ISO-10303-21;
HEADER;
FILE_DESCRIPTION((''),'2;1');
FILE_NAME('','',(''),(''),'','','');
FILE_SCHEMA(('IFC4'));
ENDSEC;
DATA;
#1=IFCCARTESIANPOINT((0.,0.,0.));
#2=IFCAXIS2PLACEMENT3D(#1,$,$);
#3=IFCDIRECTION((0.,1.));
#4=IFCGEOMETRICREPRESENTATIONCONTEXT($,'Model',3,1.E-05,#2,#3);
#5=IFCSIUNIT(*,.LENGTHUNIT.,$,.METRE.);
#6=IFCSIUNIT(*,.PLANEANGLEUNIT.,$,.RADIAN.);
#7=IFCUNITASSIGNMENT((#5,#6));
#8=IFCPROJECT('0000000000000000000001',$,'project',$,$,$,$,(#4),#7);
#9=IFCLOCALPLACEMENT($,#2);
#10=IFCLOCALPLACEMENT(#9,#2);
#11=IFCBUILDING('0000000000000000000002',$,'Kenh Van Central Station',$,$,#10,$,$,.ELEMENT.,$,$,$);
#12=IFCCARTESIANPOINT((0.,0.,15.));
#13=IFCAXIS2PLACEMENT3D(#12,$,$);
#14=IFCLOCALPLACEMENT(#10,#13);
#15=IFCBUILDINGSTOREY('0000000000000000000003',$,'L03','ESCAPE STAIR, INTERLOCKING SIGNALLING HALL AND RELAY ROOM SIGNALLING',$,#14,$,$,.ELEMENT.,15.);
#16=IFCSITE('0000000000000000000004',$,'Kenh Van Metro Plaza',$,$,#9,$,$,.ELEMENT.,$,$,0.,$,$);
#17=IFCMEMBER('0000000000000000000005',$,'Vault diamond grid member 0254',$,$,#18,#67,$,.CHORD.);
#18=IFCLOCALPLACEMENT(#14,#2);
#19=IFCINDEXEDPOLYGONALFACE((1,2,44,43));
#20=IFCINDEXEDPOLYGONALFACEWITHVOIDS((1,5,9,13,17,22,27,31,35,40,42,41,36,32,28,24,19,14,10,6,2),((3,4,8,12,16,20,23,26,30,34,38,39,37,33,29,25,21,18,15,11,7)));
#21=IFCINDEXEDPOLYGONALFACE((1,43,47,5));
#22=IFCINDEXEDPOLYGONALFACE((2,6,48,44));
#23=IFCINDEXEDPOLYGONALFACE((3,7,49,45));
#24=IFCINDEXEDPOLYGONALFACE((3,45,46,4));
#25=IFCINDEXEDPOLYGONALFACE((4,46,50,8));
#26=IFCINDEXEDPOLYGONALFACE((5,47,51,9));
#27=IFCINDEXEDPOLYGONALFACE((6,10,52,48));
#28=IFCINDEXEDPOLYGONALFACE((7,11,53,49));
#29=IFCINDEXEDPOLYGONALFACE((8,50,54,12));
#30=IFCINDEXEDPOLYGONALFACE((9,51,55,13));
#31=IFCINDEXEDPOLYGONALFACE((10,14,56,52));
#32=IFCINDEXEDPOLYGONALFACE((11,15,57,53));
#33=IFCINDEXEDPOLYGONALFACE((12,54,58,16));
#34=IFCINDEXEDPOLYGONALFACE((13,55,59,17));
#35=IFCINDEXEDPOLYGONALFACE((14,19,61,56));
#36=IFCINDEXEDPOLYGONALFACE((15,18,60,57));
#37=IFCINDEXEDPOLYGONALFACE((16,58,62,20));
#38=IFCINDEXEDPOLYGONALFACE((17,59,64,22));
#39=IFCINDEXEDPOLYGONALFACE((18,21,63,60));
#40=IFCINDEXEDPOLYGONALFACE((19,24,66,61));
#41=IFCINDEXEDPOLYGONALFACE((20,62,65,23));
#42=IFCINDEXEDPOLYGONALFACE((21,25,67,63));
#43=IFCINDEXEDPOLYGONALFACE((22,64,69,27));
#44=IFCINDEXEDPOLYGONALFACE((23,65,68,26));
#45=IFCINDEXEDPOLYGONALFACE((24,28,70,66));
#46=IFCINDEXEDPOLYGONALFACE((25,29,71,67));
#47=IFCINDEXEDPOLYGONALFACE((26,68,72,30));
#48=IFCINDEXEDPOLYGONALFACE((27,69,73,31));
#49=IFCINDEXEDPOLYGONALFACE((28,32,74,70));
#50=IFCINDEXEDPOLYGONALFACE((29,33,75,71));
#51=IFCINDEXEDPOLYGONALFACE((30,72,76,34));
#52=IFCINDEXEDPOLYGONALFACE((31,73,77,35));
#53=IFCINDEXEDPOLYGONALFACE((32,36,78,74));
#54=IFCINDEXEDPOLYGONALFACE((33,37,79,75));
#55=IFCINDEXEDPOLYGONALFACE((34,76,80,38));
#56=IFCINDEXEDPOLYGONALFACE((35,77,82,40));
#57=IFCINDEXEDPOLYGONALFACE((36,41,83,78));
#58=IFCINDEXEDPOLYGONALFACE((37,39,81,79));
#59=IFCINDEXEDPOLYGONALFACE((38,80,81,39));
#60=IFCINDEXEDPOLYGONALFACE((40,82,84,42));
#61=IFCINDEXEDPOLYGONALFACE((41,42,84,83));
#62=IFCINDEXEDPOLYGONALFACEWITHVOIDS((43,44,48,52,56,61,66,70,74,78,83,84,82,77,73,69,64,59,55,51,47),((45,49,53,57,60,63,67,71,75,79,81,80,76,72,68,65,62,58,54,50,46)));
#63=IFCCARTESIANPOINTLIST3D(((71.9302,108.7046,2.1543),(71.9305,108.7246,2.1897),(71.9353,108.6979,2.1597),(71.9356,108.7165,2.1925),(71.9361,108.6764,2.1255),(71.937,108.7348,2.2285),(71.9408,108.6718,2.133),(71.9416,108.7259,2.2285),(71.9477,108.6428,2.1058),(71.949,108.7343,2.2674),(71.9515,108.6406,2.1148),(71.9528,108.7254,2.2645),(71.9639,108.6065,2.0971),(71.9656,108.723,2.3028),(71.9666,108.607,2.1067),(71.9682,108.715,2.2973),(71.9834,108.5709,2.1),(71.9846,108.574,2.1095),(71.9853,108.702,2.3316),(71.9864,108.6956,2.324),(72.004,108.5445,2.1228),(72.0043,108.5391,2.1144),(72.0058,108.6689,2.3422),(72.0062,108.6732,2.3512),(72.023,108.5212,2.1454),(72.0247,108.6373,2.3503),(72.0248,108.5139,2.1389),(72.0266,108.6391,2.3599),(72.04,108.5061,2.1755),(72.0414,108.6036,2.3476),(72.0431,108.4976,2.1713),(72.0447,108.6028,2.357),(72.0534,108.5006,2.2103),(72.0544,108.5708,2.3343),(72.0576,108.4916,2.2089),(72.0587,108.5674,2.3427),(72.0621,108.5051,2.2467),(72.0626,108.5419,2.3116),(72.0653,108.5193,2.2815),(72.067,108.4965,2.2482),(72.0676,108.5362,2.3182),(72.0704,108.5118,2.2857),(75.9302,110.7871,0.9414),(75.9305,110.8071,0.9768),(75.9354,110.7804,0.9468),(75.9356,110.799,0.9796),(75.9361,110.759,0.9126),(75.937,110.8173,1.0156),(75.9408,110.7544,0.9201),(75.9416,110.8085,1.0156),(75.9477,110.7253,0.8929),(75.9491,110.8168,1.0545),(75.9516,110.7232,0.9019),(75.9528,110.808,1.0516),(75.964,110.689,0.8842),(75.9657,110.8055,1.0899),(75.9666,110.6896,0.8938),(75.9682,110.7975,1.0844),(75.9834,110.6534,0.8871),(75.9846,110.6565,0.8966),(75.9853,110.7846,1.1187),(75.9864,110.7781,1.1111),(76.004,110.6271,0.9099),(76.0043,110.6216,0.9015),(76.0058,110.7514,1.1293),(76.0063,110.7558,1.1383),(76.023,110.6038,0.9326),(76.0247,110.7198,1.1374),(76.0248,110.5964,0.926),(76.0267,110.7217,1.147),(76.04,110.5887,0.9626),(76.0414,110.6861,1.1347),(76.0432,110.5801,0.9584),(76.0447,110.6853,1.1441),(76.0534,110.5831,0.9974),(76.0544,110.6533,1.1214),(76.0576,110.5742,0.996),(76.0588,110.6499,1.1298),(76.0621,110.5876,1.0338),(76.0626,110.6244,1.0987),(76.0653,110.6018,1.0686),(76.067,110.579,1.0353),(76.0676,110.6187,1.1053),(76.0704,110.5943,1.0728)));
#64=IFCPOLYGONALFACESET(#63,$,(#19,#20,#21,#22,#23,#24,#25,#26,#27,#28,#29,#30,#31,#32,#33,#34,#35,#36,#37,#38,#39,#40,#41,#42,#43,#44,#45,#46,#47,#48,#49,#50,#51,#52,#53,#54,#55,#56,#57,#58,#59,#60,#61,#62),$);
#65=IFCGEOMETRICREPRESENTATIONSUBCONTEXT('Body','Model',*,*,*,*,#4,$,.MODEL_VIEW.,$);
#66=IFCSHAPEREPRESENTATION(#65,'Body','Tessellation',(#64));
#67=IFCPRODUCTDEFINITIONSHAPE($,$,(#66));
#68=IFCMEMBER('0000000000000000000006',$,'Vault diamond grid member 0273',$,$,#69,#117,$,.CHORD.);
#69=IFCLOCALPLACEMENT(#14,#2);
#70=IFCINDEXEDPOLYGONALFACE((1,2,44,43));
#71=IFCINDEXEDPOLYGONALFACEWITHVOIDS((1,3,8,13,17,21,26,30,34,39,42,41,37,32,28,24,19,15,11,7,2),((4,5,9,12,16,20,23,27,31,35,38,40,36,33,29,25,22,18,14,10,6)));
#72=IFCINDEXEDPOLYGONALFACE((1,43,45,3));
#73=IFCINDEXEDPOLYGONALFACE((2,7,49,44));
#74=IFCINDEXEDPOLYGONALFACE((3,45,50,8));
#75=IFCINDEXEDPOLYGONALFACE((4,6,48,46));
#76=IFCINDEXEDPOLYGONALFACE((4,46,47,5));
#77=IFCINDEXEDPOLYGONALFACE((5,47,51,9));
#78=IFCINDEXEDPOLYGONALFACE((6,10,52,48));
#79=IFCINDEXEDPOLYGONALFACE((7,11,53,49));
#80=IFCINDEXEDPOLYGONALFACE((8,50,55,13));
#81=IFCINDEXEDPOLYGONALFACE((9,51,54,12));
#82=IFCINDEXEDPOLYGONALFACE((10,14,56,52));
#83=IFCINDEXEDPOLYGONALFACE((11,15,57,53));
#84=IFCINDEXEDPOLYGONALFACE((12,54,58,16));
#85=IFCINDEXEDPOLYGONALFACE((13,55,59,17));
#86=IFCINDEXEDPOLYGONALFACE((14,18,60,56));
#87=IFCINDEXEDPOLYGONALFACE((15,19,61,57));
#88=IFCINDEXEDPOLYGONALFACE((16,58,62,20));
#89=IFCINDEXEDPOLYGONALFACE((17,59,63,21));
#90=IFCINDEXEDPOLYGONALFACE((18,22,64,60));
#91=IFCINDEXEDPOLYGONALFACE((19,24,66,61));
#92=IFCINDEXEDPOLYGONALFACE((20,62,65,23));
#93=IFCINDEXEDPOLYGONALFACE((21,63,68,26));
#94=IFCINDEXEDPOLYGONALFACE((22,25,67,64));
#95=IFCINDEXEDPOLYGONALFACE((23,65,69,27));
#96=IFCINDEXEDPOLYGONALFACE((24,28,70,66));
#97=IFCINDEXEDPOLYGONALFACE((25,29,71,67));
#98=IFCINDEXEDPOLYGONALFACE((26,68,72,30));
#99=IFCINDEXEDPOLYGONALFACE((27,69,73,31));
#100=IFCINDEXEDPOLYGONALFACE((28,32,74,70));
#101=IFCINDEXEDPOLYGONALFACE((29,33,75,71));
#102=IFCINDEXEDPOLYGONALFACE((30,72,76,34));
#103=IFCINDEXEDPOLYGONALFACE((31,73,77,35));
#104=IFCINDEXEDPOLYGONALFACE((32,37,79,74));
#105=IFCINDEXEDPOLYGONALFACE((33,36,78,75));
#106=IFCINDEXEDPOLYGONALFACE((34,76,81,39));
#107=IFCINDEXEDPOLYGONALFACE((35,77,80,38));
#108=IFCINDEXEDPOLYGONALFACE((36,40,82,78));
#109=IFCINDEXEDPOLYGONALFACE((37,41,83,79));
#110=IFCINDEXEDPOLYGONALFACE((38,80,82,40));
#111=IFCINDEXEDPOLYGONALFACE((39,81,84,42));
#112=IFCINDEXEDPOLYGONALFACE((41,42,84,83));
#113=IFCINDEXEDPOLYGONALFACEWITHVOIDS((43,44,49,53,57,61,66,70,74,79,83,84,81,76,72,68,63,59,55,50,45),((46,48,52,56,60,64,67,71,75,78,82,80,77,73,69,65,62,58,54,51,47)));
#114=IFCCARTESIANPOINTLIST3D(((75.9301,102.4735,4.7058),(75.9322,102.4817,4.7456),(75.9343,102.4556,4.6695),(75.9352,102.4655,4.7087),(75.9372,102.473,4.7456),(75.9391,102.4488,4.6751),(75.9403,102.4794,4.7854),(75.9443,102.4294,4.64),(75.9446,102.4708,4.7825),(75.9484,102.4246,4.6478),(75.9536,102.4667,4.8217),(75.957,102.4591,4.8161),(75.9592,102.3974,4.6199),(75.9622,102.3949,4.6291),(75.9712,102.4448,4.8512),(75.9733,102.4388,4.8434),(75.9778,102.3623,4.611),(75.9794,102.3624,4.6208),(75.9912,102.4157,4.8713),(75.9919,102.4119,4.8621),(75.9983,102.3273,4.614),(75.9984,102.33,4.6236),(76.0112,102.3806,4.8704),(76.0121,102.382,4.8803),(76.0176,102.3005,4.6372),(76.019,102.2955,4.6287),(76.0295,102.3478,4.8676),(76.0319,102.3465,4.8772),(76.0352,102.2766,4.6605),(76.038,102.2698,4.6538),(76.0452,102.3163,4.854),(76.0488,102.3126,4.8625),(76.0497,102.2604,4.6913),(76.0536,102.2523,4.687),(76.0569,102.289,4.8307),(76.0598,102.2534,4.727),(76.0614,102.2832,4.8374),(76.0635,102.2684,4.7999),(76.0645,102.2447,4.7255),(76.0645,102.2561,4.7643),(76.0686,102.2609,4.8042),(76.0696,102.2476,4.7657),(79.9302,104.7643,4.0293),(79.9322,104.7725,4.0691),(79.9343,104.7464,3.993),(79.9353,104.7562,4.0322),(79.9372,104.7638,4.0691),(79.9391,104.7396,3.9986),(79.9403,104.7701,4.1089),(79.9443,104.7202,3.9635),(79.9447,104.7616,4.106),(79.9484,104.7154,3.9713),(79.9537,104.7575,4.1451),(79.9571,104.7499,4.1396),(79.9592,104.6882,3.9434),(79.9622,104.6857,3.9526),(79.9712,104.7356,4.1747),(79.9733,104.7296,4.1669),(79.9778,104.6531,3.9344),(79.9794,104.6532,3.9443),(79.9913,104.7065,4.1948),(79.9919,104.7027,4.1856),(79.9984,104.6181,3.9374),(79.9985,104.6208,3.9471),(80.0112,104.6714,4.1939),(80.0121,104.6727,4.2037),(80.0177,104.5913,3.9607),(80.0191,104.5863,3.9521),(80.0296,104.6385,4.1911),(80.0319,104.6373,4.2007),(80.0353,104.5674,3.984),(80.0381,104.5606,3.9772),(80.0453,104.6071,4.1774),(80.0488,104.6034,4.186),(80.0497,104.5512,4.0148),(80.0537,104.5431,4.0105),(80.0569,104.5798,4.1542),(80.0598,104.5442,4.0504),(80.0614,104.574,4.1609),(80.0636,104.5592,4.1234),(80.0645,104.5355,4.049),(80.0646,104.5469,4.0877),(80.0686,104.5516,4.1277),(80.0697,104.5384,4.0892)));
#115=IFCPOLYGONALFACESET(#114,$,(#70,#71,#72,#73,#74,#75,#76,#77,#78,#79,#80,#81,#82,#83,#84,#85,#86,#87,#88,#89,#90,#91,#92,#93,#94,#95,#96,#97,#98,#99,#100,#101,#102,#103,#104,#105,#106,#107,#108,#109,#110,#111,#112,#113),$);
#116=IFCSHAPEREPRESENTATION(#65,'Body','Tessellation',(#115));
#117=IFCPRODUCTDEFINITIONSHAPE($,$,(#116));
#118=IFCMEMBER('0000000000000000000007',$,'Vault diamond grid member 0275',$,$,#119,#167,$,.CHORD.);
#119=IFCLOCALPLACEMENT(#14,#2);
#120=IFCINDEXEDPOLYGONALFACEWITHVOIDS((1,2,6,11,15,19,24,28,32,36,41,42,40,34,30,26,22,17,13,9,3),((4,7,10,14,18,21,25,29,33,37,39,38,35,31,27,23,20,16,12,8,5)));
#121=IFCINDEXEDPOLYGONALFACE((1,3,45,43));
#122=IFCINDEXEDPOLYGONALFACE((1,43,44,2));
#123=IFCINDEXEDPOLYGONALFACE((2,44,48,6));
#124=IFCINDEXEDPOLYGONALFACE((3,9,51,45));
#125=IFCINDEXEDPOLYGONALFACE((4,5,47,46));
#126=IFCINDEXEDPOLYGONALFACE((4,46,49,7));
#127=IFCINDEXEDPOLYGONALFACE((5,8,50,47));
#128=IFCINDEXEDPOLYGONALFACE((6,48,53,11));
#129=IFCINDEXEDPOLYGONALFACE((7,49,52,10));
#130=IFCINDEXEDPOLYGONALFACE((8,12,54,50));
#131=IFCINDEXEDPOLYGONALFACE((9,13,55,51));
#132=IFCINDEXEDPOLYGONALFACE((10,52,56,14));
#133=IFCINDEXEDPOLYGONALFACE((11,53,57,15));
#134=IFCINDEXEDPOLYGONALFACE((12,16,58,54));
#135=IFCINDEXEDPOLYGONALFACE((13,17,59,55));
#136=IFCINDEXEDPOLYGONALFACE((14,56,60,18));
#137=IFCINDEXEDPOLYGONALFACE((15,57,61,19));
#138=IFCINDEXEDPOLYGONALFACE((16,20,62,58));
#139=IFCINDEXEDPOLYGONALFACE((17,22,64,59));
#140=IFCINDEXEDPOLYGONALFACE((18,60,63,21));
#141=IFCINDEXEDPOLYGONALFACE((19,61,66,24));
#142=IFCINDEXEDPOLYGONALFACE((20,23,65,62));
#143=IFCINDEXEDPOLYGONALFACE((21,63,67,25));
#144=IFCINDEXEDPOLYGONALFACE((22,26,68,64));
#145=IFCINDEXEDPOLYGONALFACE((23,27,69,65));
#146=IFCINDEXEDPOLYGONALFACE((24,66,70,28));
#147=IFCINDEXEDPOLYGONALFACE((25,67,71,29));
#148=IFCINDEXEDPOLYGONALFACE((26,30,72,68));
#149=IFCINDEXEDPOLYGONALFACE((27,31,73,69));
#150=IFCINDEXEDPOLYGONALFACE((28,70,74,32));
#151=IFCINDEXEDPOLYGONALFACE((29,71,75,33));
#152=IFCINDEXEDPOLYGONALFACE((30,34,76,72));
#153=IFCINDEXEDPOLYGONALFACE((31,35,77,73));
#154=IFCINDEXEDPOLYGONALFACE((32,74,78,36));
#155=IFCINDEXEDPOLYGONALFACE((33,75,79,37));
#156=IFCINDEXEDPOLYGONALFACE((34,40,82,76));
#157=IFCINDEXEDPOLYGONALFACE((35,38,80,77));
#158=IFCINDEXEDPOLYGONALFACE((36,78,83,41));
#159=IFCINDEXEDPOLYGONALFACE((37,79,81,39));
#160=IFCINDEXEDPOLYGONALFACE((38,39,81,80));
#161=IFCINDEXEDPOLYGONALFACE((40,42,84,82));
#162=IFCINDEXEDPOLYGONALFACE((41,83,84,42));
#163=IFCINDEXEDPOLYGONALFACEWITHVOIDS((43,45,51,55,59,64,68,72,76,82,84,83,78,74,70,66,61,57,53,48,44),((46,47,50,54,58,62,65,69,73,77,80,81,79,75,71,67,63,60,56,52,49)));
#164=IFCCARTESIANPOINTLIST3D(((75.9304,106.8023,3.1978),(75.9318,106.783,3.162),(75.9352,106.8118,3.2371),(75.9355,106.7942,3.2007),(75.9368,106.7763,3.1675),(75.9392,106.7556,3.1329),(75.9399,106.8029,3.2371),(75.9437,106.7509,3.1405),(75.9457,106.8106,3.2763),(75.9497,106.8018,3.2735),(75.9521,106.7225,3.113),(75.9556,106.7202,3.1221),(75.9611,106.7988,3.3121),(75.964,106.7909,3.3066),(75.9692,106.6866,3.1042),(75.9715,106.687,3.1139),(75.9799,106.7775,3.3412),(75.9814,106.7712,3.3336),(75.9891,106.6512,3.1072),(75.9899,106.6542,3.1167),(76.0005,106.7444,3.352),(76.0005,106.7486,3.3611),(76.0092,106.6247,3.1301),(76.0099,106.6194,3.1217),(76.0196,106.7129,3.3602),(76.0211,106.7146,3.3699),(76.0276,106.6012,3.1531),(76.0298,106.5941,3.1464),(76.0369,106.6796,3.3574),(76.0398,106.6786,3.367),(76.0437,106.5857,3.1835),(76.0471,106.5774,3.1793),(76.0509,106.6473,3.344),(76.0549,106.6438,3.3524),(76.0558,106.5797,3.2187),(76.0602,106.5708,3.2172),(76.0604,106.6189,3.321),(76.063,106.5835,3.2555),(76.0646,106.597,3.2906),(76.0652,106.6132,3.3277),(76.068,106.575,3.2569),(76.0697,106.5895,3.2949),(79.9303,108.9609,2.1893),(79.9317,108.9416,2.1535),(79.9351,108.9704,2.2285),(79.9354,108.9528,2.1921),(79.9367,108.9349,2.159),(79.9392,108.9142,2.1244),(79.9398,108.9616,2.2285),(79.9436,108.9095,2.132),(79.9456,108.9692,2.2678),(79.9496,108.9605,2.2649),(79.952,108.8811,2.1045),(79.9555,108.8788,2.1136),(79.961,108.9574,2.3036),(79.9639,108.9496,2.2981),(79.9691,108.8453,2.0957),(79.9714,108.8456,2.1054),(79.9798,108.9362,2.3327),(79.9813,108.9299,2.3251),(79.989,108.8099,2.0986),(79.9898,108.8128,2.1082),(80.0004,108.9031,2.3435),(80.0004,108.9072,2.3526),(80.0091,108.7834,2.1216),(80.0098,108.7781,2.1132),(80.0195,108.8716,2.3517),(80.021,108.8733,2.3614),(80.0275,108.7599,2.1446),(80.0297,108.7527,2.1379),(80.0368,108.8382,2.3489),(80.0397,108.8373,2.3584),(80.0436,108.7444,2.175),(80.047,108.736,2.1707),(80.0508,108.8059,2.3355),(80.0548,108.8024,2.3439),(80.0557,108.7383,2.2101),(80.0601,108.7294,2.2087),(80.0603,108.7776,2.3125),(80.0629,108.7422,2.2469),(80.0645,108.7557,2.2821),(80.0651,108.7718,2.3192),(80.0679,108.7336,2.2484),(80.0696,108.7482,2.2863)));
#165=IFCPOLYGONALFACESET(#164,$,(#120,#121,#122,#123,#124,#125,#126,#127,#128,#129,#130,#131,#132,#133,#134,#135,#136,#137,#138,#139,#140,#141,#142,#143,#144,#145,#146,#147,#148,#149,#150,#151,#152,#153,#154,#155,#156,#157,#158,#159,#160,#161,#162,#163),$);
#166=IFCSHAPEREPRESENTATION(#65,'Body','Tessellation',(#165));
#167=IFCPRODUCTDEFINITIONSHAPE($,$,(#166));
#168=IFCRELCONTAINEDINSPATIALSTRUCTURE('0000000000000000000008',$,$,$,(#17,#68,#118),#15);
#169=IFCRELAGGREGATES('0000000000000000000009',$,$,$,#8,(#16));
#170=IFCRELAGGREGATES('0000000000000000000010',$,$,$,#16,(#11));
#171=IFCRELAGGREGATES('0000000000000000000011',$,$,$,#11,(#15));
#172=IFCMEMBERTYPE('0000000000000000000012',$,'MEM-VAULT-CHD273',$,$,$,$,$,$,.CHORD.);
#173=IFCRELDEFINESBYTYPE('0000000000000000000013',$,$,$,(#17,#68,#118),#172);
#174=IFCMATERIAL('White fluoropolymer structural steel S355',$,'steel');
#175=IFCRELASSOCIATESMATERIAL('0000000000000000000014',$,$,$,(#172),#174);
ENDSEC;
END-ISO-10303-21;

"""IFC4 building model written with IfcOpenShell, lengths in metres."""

from ifc_helpers import new_model, si_unit, direction, frame, origin, origin_2d, place, context, subcontext, project, spatial, hollow_circle, extrude, material, material_profile, profile_set, type_object, element, save


model = new_model("IFC4")

# Units and contexts
model_context = context("Model", 3, precision=1e-05, world=origin(), true_north=direction((0.0, 1.0)))
body_context = subcontext(model_context, "Body", "Model", "MODEL_VIEW")
ifc_project = project(units=[si_unit("LENGTHUNIT", "METRE"), si_unit("PLANEANGLEUNIT", "RADIAN")], contexts=[model_context])

# Site, building, storey
site_placement = place(None, origin())
site = spatial("IfcSite", under=ifc_project, at=site_placement, Name="Kenh Van Metro Plaza", CompositionType="ELEMENT", RefElevation=0.0)
building_placement = place(site_placement, origin())
building = spatial("IfcBuilding", under=site, at=building_placement, Name="Kenh Van Central Station", CompositionType="ELEMENT")
storey_placement = place(building_placement, frame((0.0, 0.0, 15.0)))
storey = spatial("IfcBuildingStorey", under=building, at=storey_placement, Name="L03", Description="ESCAPE STAIR, INTERLOCKING SIGNALLING HALL AND RELAY ROOM SIGNALLING", CompositionType="ELEMENT", Elevation=15.0)

# Shared definitions
ifc_material_1 = material(Name="White fluoropolymer structural steel S355", Category="steel")

# Members
ifc_material_profile_1 = material_profile(ifc_material_1, hollow_circle(Radius=0.1365, WallThickness=0.01, at=origin_2d()), Name="CHS 273x10")
ifc_profile_set_1 = profile_set([ifc_material_profile_1], Name="White fluoropolymer structural steel S355")
member_type_1 = type_object("IfcMemberType", Name="MEM-VAULT-CHD273", PredefinedType="CHORD", material=ifc_profile_set_1)
member_1_placement = place(storey_placement, frame((72.0, 108.6138, 2.2285), z_axis=(0.856549, 0.445945, -0.259725), x_axis=(-0.461792, 0.886988, 0.0)))
element("IfcMember", 1, at=member_1_placement, inside=storey, type_object=member_type_1, Name="Vault diamond grid member 0254", PredefinedType="CHORD", context=body_context, shape_type="SweptSolid", body=[
    extrude(hollow_circle(Radius=0.1365, WallThickness=0.01, at=origin_2d()), origin(), (0.0, 0.0, 1.0), 4.6699),
])
member_2_placement = place(storey_placement, frame((76.0, 102.3633, 4.7456), z_axis=(0.858573, 0.491698, -0.145209), x_axis=(-0.496966, 0.86777, 0.0)))
element("IfcMember", 2, at=member_2_placement, inside=storey, type_object=member_type_1, Name="Vault diamond grid member 0273", PredefinedType="CHORD", context=body_context, shape_type="SweptSolid", body=[
    extrude(hollow_circle(Radius=0.1365, WallThickness=0.01, at=origin_2d()), origin(), (0.0, 0.0, 1.0), 4.6589),
])
member_3_placement = place(storey_placement, frame((76.0, 106.6917, 3.2371), z_axis=(0.859131, 0.46365, -0.216618), x_axis=(-0.474926, 0.880026, 0.0)))
element("IfcMember", 3, at=member_3_placement, inside=storey, type_object=member_type_1, Name="Vault diamond grid member 0275", PredefinedType="CHORD", context=body_context, shape_type="SweptSolid", body=[
    extrude(hollow_circle(Radius=0.1365, WallThickness=0.01, at=origin_2d()), origin(), (0.0, 0.0, 1.0), 4.6558),
])

save(model, "model.ifc")
